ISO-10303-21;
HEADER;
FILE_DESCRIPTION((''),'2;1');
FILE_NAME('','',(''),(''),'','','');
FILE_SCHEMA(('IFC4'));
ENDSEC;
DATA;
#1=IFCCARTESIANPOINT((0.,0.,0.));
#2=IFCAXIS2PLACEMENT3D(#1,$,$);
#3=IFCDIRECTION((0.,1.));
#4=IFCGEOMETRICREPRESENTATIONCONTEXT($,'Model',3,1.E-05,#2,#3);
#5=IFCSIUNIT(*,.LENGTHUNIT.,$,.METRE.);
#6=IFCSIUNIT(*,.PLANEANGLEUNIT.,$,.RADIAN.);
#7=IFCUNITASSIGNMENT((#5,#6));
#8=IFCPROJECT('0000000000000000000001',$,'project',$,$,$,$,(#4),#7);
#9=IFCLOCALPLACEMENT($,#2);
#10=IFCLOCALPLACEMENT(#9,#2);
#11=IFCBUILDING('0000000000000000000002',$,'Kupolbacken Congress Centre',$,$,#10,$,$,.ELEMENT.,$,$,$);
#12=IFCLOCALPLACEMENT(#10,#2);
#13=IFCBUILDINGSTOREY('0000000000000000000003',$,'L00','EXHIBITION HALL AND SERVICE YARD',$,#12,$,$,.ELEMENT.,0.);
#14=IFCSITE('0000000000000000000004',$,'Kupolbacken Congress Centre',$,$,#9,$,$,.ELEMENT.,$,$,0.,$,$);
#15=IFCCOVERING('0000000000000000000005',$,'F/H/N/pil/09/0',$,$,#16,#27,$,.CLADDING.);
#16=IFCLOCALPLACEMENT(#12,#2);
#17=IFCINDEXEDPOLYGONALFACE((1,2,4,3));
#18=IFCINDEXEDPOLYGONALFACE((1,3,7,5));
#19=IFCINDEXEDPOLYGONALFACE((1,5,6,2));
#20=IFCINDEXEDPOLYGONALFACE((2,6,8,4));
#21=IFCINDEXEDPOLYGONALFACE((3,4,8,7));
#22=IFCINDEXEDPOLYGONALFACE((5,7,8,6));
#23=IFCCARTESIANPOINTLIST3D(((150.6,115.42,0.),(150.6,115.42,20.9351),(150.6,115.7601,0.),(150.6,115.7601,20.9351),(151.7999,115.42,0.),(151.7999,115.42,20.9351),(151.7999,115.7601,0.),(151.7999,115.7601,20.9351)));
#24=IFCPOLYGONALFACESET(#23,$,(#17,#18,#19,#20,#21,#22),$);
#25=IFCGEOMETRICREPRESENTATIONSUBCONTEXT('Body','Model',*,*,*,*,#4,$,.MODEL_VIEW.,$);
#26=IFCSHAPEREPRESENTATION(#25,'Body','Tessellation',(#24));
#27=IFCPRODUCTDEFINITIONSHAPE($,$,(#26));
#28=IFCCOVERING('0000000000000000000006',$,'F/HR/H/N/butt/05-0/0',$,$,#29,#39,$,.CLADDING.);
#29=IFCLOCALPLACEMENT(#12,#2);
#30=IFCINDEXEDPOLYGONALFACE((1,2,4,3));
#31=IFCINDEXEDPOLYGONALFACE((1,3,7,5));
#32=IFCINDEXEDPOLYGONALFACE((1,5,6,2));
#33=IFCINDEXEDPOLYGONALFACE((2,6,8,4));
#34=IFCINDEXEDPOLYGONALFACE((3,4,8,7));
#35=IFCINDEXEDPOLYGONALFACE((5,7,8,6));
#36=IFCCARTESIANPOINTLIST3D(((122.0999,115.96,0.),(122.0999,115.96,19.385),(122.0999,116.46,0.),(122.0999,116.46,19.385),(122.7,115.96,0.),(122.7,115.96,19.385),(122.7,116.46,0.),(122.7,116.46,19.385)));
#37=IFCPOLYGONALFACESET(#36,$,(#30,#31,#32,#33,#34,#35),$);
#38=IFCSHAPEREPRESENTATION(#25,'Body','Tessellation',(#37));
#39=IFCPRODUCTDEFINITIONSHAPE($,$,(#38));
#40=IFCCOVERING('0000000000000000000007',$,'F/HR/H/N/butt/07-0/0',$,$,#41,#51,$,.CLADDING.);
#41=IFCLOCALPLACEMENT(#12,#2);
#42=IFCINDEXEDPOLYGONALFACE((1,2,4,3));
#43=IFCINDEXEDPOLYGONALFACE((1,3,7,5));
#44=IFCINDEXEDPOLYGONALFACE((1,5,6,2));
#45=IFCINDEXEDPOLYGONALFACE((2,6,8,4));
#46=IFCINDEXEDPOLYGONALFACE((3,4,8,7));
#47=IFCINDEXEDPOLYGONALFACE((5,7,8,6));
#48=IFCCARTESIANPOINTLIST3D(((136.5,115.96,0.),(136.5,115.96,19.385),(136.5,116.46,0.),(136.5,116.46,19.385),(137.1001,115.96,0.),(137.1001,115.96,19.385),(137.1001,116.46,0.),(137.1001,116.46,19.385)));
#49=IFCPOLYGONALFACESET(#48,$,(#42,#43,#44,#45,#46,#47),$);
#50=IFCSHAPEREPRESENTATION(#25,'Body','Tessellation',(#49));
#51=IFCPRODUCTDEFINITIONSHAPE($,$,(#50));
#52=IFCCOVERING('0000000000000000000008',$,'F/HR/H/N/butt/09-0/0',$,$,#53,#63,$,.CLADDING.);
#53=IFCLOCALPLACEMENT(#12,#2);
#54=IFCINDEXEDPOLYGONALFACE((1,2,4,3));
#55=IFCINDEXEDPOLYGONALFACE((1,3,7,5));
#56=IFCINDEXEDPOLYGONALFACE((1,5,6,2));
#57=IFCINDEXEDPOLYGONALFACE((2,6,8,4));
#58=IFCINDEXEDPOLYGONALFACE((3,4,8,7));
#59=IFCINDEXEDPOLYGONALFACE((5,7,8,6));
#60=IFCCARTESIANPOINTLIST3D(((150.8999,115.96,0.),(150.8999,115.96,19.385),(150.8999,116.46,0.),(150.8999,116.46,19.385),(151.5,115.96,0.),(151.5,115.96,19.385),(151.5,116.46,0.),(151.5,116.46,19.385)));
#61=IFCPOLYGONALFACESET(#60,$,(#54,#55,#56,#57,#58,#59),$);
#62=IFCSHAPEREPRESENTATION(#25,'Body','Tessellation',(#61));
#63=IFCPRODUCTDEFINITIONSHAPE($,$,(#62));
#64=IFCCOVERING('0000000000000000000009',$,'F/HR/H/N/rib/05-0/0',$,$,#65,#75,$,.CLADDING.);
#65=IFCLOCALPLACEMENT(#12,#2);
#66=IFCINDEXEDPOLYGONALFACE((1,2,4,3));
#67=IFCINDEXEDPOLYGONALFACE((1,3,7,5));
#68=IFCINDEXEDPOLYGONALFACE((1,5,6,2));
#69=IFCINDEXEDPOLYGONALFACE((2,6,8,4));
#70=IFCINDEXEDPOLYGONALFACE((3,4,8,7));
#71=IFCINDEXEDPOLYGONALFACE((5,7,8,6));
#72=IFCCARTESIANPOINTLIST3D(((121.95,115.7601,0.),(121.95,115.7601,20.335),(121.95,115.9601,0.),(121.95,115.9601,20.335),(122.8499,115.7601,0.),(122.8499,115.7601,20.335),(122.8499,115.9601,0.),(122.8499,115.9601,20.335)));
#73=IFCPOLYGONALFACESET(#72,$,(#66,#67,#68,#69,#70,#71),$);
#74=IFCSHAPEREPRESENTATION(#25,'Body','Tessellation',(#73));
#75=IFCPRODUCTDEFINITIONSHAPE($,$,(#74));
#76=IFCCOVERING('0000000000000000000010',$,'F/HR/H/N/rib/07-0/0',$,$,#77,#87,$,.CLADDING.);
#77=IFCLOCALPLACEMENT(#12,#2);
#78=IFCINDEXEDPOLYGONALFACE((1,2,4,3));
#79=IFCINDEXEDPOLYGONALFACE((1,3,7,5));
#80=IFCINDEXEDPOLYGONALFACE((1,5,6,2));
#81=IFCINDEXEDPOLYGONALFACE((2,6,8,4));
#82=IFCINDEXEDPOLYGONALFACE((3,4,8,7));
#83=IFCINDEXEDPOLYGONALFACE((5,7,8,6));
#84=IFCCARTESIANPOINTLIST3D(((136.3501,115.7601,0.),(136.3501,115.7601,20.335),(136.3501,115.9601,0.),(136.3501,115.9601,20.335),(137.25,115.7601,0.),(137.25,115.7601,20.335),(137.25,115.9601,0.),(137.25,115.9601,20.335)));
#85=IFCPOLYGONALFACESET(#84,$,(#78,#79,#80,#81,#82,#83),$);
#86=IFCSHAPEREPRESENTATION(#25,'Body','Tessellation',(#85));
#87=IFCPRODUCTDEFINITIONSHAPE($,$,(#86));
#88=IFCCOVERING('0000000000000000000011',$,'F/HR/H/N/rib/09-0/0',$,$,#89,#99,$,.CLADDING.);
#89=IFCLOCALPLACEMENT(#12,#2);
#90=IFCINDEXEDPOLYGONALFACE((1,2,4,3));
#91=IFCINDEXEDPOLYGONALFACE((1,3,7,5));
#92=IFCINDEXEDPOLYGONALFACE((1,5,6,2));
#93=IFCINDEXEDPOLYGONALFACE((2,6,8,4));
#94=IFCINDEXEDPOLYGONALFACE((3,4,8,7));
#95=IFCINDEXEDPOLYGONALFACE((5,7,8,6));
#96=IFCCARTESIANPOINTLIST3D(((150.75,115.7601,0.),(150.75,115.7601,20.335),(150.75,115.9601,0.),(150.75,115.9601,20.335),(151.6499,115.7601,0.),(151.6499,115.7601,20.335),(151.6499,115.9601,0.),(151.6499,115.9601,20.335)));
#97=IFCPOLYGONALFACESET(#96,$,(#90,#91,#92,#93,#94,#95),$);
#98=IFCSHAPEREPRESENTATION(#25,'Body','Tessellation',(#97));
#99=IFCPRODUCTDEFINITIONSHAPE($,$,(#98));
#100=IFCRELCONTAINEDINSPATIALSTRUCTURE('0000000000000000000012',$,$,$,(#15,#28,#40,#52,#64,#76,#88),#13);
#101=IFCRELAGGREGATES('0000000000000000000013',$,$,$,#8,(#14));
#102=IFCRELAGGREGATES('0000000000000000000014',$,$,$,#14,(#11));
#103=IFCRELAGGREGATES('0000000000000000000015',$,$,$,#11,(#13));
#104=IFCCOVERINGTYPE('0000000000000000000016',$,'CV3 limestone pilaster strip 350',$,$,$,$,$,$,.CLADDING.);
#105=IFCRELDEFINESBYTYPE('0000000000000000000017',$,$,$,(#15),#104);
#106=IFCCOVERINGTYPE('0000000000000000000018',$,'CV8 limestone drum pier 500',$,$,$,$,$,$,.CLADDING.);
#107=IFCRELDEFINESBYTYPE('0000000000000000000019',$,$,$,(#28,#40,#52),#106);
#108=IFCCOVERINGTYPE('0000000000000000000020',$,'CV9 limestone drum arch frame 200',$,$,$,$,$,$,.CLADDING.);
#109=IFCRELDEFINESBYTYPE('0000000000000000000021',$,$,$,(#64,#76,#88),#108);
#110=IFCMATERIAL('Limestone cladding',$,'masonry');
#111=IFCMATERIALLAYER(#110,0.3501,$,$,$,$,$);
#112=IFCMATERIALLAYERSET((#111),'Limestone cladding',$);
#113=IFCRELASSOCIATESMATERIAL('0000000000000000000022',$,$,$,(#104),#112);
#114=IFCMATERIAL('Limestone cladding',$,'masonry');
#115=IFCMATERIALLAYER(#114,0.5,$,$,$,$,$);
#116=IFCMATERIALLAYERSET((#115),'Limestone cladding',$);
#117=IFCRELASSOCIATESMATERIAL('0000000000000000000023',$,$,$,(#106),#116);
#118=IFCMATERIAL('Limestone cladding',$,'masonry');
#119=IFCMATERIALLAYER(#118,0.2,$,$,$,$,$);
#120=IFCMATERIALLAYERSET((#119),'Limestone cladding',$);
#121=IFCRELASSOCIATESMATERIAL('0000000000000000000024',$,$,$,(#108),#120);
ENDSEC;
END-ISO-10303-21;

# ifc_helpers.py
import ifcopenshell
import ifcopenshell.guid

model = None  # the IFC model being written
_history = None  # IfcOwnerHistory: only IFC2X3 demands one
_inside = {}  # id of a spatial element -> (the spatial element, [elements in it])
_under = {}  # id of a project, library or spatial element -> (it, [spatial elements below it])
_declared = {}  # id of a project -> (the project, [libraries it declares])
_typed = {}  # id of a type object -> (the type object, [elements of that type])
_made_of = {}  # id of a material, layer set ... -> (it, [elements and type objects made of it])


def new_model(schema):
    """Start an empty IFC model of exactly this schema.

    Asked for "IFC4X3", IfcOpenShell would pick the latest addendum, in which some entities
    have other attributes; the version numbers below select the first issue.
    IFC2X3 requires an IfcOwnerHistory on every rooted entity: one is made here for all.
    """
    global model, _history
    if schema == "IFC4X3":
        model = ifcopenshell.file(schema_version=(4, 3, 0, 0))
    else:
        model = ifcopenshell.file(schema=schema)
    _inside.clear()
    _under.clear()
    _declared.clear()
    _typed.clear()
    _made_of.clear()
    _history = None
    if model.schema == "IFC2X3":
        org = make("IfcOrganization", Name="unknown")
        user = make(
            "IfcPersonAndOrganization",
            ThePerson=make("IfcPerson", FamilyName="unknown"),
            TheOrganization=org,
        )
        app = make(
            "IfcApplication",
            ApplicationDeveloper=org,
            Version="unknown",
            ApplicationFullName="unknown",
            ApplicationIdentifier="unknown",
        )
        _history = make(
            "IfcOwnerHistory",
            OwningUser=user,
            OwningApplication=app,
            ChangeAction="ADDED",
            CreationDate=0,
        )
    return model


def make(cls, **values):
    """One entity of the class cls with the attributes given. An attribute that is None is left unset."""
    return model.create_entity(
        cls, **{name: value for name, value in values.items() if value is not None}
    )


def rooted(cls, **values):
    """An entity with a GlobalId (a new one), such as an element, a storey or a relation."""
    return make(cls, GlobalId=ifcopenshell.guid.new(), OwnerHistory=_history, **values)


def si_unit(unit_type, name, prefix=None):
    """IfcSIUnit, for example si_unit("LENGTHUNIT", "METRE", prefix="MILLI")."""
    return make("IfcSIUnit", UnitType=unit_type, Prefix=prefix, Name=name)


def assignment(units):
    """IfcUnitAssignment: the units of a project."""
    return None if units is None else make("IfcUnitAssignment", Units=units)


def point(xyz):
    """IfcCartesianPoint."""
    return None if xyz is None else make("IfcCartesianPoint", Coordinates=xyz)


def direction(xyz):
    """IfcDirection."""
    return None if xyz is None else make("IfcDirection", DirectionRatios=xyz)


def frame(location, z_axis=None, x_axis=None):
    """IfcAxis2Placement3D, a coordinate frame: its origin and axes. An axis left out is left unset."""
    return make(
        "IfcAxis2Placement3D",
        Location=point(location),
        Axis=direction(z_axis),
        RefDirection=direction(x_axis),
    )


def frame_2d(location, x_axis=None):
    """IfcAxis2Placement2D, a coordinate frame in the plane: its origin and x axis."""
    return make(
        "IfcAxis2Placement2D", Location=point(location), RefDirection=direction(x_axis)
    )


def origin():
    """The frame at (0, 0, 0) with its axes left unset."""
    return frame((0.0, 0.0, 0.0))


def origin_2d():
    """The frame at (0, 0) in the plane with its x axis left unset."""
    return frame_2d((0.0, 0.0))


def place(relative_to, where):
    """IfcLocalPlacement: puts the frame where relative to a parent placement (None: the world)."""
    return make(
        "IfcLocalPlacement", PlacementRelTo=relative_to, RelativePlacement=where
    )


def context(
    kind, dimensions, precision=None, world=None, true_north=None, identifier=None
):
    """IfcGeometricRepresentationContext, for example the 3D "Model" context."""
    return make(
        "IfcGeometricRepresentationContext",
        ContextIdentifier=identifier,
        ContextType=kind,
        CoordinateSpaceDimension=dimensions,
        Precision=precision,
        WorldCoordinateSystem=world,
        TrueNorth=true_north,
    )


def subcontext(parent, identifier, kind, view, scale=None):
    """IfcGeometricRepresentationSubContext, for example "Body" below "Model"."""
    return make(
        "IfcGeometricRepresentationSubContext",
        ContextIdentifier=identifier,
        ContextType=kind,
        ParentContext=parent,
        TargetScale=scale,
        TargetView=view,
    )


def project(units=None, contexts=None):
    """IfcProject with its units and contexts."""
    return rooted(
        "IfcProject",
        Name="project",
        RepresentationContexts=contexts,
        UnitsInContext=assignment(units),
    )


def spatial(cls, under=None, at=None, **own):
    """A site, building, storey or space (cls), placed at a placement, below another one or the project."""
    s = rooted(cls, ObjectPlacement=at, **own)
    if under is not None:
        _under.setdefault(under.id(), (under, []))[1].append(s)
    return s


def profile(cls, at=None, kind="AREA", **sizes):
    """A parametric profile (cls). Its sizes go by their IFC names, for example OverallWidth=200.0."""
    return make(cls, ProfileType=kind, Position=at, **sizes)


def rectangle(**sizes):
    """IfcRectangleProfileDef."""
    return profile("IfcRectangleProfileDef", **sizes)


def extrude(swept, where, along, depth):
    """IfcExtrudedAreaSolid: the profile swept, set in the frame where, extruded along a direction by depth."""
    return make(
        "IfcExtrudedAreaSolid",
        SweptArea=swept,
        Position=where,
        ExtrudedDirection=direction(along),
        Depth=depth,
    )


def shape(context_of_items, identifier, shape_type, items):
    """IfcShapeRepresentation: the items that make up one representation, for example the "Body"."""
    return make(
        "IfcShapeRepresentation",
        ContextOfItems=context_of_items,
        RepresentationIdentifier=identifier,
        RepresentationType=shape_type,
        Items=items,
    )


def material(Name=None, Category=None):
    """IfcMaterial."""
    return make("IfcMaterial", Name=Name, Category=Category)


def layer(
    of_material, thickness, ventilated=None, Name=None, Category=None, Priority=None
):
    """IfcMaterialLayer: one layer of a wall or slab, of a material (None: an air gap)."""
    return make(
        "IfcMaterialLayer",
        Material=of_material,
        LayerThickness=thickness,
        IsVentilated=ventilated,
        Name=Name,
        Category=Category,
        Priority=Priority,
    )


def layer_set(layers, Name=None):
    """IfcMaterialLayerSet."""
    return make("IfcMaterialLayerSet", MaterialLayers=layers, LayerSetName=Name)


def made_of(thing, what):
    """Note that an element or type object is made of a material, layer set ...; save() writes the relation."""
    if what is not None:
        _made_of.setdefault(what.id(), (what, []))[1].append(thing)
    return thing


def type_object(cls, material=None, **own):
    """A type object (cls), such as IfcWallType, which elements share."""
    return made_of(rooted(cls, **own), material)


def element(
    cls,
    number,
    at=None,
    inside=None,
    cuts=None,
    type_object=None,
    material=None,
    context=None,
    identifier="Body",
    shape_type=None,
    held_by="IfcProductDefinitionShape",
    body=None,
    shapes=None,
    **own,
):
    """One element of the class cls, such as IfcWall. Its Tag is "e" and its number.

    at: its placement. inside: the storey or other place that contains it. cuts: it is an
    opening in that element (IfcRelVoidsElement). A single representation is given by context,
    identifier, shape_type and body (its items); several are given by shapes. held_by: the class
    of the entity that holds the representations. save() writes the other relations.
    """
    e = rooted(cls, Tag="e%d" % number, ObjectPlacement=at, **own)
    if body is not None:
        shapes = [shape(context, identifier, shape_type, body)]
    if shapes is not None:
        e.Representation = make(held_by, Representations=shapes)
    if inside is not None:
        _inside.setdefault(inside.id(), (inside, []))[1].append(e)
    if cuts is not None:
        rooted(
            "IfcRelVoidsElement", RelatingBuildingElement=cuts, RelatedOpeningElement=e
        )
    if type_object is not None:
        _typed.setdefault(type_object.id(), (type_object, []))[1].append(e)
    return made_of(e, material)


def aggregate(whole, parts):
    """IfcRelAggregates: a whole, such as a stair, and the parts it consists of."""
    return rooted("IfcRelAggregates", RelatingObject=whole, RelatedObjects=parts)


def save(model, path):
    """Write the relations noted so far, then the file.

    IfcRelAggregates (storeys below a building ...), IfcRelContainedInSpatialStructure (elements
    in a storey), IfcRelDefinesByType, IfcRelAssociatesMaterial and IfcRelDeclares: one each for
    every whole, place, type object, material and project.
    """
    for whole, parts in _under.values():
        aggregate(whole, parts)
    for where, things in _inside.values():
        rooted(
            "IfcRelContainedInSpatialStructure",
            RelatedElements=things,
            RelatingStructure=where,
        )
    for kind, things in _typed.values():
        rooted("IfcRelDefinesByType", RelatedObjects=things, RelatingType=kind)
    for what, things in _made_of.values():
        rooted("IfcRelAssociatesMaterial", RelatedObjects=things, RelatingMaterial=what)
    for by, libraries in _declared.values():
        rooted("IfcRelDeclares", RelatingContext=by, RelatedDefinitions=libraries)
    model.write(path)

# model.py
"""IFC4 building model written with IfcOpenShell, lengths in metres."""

from ifc_helpers import new_model, si_unit, direction, frame, origin, origin_2d, place, context, subcontext, project, spatial, rectangle, extrude, material, layer, layer_set, type_object, element, save


model = new_model("IFC4")

# Units and contexts
model_context = context("Model", 3, precision=1e-05, world=origin(), true_north=direction((0.0, 1.0)))
body_context = subcontext(model_context, "Body", "Model", "MODEL_VIEW")
ifc_project = project(units=[si_unit("LENGTHUNIT", "METRE"), si_unit("PLANEANGLEUNIT", "RADIAN")], contexts=[model_context])

# Site, building, storey
site_placement = place(None, origin())
site = spatial("IfcSite", under=ifc_project, at=site_placement, Name="Kupolbacken Congress Centre", CompositionType="ELEMENT", RefElevation=0.0)
building_placement = place(site_placement, origin())
building = spatial("IfcBuilding", under=site, at=building_placement, Name="Kupolbacken Congress Centre", CompositionType="ELEMENT")
storey_placement = place(building_placement, origin())
storey = spatial("IfcBuildingStorey", under=building, at=storey_placement, Name="L00", Description="EXHIBITION HALL AND SERVICE YARD", CompositionType="ELEMENT", Elevation=0.0)

# Coverings
ifc_material_1 = material(Name="Limestone cladding", Category="masonry")
ifc_layer_1 = layer(ifc_material_1, 0.3501)
ifc_layer_set_1 = layer_set([ifc_layer_1], Name="Limestone cladding")
covering_type_1 = type_object("IfcCoveringType", Name="CV3 limestone pilaster strip 350", PredefinedType="CLADDING", material=ifc_layer_set_1)
for number, where, z_axis, x_axis, name in (
    (1, (151.2, 115.5901, 0.0), (0.0, 0.0, 1.0), (1.0, 0.0, 0.0), "F/H/N/pil/09/0"),
):
    element("IfcCovering", number, at=place(storey_placement, frame(where, z_axis=z_axis, x_axis=x_axis)), inside=storey, type_object=covering_type_1, Name=name, PredefinedType="CLADDING", context=body_context, shape_type="SweptSolid", body=[
        extrude(rectangle(XDim=1.2, YDim=0.3401, at=origin_2d()), origin(), (0.0, 0.0, 1.0), 20.9351),
    ])
ifc_material_2 = material(Name="Limestone cladding", Category="masonry")
ifc_layer_2 = layer(ifc_material_2, 0.5)
ifc_layer_set_2 = layer_set([ifc_layer_2], Name="Limestone cladding")
covering_type_2 = type_object("IfcCoveringType", Name="CV8 limestone drum pier 500", PredefinedType="CLADDING", material=ifc_layer_set_2)
for number, where, z_axis, x_axis, name in (
    (2, (122.3999, 116.21, 0.0), (0.0, 0.0, 1.0), (1.0, 0.0, 0.0), "F/HR/H/N/butt/05-0/0"),
    (3, (136.8, 116.21, 0.0), (0.0, 0.0, 1.0), (1.0, 0.0, 0.0), "F/HR/H/N/butt/07-0/0"),
    (4, (151.2, 116.21, 0.0), (0.0, 0.0, 1.0), (1.0, 0.0, 0.0), "F/HR/H/N/butt/09-0/0"),
):
    element("IfcCovering", number, at=place(storey_placement, frame(where, z_axis=z_axis, x_axis=x_axis)), inside=storey, type_object=covering_type_2, Name=name, PredefinedType="CLADDING", context=body_context, shape_type="SweptSolid", body=[
        extrude(rectangle(XDim=0.6001, YDim=0.5, at=origin_2d()), origin(), (0.0, 0.0, 1.0), 19.385),
    ])
ifc_material_3 = material(Name="Limestone cladding", Category="masonry")
ifc_layer_3 = layer(ifc_material_3, 0.2)
ifc_layer_set_3 = layer_set([ifc_layer_3], Name="Limestone cladding")
covering_type_3 = type_object("IfcCoveringType", Name="CV9 limestone drum arch frame 200", PredefinedType="CLADDING", material=ifc_layer_set_3)
for number, where, z_axis, x_axis, name in (
    (5, (122.3999, 115.8601, 0.0), (0.0, 0.0, 1.0), (1.0, 0.0, 0.0), "F/HR/H/N/rib/05-0/0"),
    (6, (136.8, 115.8601, 0.0), (0.0, 0.0, 1.0), (1.0, 0.0, 0.0), "F/HR/H/N/rib/07-0/0"),
    (7, (151.2, 115.8601, 0.0), (0.0, 0.0, 1.0), (1.0, 0.0, 0.0), "F/HR/H/N/rib/09-0/0"),
):
    element("IfcCovering", number, at=place(storey_placement, frame(where, z_axis=z_axis, x_axis=x_axis)), inside=storey, type_object=covering_type_3, Name=name, PredefinedType="CLADDING", context=body_context, shape_type="SweptSolid", body=[
        extrude(rectangle(XDim=0.8999, YDim=0.2, at=origin_2d()), origin(), (0.0, 0.0, 1.0), 20.335),
    ])

save(model, "model.ifc")
